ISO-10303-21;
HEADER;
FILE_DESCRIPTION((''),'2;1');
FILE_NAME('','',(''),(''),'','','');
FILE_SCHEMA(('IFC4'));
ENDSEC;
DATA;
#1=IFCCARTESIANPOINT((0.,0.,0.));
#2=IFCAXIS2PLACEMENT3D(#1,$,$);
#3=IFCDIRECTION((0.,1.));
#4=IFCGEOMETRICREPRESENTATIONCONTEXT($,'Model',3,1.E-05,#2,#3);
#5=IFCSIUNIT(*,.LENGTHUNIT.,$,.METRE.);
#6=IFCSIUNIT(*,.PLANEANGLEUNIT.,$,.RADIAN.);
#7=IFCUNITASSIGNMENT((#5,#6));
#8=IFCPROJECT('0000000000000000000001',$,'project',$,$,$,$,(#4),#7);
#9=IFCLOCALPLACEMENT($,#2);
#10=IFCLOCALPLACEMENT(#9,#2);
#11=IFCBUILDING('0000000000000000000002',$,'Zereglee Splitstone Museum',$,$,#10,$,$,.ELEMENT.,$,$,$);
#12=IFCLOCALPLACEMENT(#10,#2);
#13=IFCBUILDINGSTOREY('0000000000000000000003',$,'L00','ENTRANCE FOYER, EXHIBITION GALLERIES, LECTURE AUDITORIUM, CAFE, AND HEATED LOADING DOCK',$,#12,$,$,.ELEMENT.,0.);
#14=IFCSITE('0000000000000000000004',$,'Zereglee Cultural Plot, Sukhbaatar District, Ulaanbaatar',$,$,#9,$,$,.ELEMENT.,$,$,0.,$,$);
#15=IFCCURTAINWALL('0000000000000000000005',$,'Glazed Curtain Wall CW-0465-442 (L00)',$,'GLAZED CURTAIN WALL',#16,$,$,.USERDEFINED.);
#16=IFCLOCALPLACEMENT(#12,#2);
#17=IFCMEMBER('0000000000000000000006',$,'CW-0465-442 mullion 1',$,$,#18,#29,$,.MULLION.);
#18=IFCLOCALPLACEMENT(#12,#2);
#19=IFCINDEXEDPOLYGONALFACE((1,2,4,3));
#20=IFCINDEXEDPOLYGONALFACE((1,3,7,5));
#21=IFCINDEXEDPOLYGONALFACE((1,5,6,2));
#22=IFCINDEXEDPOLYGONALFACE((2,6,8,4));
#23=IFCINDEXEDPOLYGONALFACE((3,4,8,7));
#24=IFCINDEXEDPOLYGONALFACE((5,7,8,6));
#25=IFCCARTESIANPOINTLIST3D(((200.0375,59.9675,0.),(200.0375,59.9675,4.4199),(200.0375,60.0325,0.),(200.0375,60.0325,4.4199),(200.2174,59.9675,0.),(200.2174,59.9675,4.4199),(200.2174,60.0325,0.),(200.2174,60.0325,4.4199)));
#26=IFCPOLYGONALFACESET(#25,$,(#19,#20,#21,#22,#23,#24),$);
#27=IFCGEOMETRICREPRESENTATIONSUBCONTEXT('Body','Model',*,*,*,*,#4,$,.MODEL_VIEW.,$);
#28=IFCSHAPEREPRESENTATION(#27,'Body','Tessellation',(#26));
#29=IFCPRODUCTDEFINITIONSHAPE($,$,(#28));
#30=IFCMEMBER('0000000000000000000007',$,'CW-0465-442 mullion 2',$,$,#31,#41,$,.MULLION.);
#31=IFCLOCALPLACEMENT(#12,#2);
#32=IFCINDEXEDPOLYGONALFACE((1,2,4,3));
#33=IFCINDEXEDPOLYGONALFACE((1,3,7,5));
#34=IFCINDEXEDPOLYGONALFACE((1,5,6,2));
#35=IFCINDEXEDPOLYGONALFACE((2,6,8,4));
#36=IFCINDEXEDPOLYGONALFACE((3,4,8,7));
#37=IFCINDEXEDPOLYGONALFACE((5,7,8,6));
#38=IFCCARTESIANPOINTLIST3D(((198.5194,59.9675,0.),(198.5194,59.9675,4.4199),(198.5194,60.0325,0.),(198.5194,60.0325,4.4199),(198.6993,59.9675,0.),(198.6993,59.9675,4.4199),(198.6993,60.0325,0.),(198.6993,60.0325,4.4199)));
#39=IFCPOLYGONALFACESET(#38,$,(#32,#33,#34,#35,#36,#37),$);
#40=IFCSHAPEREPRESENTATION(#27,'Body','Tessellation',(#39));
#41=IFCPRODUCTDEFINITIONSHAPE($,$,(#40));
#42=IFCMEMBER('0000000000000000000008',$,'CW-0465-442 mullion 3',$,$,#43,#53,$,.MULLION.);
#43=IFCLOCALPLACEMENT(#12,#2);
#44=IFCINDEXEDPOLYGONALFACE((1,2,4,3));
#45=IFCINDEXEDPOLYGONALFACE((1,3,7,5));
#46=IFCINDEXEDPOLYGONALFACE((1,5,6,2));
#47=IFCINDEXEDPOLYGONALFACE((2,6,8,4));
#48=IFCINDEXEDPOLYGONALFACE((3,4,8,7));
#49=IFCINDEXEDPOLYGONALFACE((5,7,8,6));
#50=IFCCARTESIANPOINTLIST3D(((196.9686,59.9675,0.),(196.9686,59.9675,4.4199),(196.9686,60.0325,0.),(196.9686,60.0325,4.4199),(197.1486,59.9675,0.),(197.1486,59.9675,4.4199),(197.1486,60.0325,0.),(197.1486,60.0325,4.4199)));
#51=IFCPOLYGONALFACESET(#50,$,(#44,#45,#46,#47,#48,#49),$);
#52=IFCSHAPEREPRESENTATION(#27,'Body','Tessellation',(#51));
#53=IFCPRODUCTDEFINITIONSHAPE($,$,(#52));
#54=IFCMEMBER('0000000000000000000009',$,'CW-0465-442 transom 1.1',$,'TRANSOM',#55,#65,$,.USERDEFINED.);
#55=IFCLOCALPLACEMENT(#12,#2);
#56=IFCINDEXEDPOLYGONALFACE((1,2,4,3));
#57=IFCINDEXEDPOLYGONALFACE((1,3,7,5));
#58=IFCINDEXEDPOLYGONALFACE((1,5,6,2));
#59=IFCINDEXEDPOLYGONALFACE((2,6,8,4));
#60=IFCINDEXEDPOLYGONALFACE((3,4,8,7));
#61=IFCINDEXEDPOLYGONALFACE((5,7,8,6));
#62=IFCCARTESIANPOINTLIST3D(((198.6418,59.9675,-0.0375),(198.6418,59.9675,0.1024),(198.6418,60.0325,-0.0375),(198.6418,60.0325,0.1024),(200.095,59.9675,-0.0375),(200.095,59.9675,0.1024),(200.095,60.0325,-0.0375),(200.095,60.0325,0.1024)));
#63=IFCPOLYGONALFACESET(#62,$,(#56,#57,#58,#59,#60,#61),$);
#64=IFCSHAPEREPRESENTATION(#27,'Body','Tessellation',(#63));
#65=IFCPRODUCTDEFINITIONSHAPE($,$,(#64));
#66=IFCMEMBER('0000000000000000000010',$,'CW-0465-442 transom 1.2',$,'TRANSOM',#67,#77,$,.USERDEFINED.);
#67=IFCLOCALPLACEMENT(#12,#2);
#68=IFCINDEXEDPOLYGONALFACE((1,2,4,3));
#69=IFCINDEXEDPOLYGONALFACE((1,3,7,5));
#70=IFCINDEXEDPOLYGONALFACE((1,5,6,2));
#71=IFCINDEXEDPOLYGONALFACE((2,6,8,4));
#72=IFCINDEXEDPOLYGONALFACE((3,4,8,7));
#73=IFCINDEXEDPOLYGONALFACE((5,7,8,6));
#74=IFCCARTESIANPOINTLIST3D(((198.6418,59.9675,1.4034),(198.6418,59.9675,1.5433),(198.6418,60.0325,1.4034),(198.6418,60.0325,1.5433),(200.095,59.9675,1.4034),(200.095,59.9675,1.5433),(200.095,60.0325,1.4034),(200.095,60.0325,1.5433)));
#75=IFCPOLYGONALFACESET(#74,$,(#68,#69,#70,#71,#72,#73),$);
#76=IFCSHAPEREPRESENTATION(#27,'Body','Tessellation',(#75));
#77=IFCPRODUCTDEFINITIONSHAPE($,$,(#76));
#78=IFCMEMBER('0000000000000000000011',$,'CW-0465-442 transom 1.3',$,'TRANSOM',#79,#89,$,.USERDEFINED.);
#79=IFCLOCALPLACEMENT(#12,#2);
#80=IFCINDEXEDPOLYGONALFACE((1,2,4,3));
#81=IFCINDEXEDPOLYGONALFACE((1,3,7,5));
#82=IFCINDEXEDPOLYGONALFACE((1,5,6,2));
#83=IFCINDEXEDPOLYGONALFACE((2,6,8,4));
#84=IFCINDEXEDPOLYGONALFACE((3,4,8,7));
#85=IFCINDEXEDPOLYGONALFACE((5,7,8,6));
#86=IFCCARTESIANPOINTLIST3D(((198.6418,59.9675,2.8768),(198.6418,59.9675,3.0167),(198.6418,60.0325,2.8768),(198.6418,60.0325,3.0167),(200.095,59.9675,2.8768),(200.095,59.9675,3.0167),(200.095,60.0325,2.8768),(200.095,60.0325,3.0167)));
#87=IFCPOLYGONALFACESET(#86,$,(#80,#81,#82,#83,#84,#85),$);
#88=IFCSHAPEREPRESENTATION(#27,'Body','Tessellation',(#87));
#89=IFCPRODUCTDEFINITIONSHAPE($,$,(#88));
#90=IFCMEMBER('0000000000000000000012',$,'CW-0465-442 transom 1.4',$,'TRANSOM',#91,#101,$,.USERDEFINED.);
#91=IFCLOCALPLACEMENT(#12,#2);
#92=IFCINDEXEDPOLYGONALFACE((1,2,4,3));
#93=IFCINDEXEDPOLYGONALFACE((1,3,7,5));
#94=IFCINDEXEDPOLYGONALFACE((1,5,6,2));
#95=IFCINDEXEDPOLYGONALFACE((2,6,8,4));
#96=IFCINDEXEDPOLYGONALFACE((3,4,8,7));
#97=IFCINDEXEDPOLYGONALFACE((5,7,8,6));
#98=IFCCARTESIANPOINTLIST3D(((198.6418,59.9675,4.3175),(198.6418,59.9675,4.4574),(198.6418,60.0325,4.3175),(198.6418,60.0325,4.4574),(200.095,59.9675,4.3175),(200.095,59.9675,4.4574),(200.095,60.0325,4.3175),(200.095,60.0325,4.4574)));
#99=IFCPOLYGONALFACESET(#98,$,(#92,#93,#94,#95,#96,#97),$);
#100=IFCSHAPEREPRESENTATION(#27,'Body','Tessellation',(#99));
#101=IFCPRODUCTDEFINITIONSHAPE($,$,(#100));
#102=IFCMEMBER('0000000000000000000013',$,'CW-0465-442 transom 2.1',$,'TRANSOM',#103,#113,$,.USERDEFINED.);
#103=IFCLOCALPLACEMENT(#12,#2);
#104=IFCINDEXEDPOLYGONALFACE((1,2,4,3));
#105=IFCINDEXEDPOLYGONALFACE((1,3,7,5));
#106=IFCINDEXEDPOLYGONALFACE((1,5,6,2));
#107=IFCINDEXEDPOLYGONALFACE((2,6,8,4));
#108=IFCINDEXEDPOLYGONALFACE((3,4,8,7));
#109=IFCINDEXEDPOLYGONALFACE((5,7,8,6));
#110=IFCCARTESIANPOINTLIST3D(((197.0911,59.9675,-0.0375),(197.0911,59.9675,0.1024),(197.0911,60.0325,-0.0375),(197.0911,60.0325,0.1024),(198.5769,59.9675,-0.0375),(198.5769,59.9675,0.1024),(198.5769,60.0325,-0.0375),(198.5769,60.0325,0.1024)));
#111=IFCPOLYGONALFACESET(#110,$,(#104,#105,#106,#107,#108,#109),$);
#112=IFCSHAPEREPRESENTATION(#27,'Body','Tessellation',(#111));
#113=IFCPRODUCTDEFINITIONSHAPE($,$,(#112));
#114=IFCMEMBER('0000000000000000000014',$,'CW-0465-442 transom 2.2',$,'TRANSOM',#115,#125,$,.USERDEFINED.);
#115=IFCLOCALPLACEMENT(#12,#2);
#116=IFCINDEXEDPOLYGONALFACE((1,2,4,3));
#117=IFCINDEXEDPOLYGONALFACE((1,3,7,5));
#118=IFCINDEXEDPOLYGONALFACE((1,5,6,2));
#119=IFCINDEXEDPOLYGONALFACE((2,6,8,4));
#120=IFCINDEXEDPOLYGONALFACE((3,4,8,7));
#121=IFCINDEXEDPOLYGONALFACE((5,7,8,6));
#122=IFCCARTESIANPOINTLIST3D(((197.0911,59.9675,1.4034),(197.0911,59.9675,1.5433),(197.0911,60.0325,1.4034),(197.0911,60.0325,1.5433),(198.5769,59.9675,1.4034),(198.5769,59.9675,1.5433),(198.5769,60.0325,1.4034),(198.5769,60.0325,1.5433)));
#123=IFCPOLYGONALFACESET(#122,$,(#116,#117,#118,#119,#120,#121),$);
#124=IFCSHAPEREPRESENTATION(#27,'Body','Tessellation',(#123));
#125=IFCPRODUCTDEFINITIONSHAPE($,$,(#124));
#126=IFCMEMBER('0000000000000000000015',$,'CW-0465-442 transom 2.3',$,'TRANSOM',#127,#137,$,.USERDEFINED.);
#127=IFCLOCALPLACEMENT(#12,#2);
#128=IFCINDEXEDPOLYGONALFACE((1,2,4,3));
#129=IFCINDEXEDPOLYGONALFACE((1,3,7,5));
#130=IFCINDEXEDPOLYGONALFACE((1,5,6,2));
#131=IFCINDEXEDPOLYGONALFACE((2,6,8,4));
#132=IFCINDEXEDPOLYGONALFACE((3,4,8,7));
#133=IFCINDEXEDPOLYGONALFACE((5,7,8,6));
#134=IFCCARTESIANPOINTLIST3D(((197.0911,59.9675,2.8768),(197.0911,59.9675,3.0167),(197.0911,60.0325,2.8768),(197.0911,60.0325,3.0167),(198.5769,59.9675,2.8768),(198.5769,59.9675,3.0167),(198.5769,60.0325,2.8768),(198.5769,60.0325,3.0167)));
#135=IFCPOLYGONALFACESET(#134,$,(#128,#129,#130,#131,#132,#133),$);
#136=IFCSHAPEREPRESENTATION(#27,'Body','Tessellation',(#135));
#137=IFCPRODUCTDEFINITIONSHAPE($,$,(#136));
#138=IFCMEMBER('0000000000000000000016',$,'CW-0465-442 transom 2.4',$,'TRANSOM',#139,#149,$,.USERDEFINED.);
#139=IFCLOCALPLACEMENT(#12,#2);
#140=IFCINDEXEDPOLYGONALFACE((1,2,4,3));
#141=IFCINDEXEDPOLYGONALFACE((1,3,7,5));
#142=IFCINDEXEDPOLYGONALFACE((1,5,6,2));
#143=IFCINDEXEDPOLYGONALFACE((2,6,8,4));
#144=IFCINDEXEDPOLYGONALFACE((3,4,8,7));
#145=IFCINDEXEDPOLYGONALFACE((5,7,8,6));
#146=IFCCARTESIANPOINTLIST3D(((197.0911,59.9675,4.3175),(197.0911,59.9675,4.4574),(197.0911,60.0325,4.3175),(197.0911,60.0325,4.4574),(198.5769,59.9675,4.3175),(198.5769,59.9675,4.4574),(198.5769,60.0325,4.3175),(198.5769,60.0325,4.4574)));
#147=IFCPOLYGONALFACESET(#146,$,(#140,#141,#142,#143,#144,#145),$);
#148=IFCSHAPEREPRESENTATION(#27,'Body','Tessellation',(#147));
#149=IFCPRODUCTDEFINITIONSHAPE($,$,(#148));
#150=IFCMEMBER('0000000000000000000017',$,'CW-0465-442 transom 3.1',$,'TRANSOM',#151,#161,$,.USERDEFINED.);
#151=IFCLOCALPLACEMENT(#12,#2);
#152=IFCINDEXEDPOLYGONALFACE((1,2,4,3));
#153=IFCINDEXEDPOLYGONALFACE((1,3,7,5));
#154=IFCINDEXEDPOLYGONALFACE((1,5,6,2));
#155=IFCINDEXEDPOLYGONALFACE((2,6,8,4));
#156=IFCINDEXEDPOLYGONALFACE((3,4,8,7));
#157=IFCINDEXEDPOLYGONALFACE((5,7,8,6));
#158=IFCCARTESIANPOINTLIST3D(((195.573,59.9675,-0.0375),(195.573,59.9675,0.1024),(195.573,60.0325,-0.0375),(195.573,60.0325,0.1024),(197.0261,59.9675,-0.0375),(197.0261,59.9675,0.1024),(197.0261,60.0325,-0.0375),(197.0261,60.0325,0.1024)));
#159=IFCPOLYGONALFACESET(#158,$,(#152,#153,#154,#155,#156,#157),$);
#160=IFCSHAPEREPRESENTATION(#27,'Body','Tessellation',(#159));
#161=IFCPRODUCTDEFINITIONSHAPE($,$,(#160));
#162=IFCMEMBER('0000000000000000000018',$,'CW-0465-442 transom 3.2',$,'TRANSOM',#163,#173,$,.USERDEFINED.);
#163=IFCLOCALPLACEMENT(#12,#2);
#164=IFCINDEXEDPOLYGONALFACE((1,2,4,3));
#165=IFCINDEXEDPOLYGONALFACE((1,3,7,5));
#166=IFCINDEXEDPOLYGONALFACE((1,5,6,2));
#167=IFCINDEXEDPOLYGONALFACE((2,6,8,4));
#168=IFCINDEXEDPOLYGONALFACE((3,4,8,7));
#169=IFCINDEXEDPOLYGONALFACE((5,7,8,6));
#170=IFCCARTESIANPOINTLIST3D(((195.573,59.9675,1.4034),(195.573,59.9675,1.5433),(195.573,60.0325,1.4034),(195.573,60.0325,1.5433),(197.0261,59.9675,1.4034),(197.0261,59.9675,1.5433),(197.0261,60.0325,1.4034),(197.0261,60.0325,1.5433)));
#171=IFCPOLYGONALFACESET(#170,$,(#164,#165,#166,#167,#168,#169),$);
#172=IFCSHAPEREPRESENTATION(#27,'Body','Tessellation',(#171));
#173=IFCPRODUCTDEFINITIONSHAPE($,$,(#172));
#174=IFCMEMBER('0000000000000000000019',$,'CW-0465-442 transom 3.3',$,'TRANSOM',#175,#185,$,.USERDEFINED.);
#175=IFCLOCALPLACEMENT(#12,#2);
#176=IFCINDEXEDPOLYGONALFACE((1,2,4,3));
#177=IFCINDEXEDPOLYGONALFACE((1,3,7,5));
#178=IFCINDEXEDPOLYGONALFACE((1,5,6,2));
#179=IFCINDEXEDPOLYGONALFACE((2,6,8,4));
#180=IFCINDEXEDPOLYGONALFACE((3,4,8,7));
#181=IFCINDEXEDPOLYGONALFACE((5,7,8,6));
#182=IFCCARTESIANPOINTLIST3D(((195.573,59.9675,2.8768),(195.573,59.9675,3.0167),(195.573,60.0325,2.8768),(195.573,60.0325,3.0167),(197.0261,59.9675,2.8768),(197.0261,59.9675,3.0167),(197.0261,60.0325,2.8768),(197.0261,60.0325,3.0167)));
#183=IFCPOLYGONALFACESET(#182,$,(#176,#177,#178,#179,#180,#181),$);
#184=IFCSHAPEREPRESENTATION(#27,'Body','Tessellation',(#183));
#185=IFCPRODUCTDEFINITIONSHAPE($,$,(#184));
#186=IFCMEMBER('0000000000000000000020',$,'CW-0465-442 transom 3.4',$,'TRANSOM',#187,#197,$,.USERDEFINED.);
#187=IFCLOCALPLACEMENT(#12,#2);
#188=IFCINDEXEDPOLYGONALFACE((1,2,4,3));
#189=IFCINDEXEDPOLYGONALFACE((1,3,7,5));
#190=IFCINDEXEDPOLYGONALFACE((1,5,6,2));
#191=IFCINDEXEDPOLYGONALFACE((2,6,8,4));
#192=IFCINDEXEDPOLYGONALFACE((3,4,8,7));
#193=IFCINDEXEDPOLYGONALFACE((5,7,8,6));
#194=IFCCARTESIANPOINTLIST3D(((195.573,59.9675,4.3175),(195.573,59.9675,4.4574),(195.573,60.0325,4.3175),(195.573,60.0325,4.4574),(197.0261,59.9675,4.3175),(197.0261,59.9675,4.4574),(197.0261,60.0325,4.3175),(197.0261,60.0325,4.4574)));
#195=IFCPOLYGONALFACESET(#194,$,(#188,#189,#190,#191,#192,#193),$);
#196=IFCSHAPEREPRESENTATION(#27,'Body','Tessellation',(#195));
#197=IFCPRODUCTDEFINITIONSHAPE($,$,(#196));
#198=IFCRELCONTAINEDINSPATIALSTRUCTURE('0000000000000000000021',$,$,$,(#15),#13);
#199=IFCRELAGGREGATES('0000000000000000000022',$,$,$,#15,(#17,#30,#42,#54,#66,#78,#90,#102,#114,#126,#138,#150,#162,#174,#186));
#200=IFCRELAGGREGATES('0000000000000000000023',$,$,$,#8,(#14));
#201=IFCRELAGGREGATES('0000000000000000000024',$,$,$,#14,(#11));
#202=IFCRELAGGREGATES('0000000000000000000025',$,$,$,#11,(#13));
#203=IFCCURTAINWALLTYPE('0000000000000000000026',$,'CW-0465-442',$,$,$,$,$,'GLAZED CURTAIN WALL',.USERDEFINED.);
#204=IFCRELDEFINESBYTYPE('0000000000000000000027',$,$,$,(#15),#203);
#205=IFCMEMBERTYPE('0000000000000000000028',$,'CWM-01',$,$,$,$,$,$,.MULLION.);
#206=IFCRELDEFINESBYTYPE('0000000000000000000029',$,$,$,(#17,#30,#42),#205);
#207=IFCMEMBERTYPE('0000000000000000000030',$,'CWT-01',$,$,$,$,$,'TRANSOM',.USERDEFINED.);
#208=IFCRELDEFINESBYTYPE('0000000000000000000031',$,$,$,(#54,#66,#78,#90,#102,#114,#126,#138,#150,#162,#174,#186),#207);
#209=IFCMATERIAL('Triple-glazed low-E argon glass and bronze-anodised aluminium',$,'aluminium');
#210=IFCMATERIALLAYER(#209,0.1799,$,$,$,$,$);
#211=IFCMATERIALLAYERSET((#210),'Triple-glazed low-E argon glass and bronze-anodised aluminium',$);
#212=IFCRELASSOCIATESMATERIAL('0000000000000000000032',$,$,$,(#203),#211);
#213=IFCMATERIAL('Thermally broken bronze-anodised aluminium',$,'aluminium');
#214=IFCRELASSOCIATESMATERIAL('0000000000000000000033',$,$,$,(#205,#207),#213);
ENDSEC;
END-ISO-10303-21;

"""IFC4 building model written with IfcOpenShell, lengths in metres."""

from ifc_helpers import new_model, si_unit, direction, frame, origin, origin_2d, place, context, subcontext, project, spatial, rectangle, extrude, material, layer, layer_set, material_profile, profile_set, type_object, element, aggregate, save


model = new_model("IFC4")

# Units and contexts
model_context = context("Model", 3, precision=1e-05, world=origin(), true_north=direction((0.0, 1.0)))
body_context = subcontext(model_context, "Body", "Model", "MODEL_VIEW")
ifc_project = project(units=[si_unit("LENGTHUNIT", "METRE"), si_unit("PLANEANGLEUNIT", "RADIAN")], contexts=[model_context])

# Site, building, storey
site_placement = place(None, origin())
site = spatial("IfcSite", under=ifc_project, at=site_placement, Name="Zereglee Cultural Plot, Sukhbaatar District, Ulaanbaatar", CompositionType="ELEMENT", RefElevation=0.0)
building_placement = place(site_placement, origin())
building = spatial("IfcBuilding", under=site, at=building_placement, Name="Zereglee Splitstone Museum", CompositionType="ELEMENT")
storey_placement = place(building_placement, origin())
storey = spatial("IfcBuildingStorey", under=building, at=storey_placement, Name="L00", Description="ENTRANCE FOYER, EXHIBITION GALLERIES, LECTURE AUDITORIUM, CAFE, AND HEATED LOADING DOCK", CompositionType="ELEMENT", Elevation=0.0)

# Curtain wall, members
ifc_material_1 = material(Name="Triple-glazed low-E argon glass and bronze-anodised aluminium", Category="aluminium")
ifc_layer_1 = layer(ifc_material_1, 0.1799)
ifc_layer_set_1 = layer_set([ifc_layer_1], Name="Triple-glazed low-E argon glass and bronze-anodised aluminium")
curtain_wall_type = type_object("IfcCurtainWallType", Name="CW-0465-442", ElementType="GLAZED CURTAIN WALL", PredefinedType="USERDEFINED", material=ifc_layer_set_1)
curtain_wall_placement = place(storey_placement, origin())
curtain_wall = element("IfcCurtainWall", 1, at=curtain_wall_placement, inside=storey, type_object=curtain_wall_type, Name="Glazed Curtain Wall CW-0465-442 (L00)", ObjectType="GLAZED CURTAIN WALL", PredefinedType="USERDEFINED")
ifc_material_2 = material(Name="Thermally broken bronze-anodised aluminium", Category="aluminium")
ifc_material_profile_1 = material_profile(ifc_material_2, rectangle(XDim=0.0649, YDim=0.1799, at=origin_2d()), Name="CW MULL 65x180")
ifc_profile_set_1 = profile_set([ifc_material_profile_1], Name="Thermally broken bronze-anodised aluminium")
member_type_1 = type_object("IfcMemberType", Name="CWM-01", PredefinedType="MULLION", material=ifc_profile_set_1)
member_1_placement = place(storey_placement, frame((200.1274, 60.0, 0.0), z_axis=(0.0, 0.0, 1.0), x_axis=(0.0, -1.0, 0.0)))
member_1 = element("IfcMember", 2, at=member_1_placement, type_object=member_type_1, Name="CW-0465-442 mullion 1", PredefinedType="MULLION", context=body_context, shape_type="SweptSolid", body=[
    extrude(rectangle(XDim=0.0649, YDim=0.1799, at=origin_2d()), origin(), (0.0, 0.0, 1.0), 4.4199),
])
member_2_placement = place(storey_placement, frame((198.6094, 60.0, 0.0), z_axis=(0.0, 0.0, 1.0), x_axis=(0.0, -1.0, 0.0)))
member_2 = element("IfcMember", 3, at=member_2_placement, type_object=member_type_1, Name="CW-0465-442 mullion 2", PredefinedType="MULLION", context=body_context, shape_type="SweptSolid", body=[
    extrude(rectangle(XDim=0.0649, YDim=0.1799, at=origin_2d()), origin(), (0.0, 0.0, 1.0), 4.4199),
])
member_3_placement = place(storey_placement, frame((197.0586, 60.0, 0.0), z_axis=(0.0, 0.0, 1.0), x_axis=(0.0, -1.0, 0.0)))
member_3 = element("IfcMember", 4, at=member_3_placement, type_object=member_type_1, Name="CW-0465-442 mullion 3", PredefinedType="MULLION", context=body_context, shape_type="SweptSolid", body=[
    extrude(rectangle(XDim=0.0649, YDim=0.1799, at=origin_2d()), origin(), (0.0, 0.0, 1.0), 4.4199),
])
ifc_material_profile_2 = material_profile(ifc_material_2, rectangle(XDim=0.0649, YDim=0.1399, at=origin_2d()), Name="CW TRAN 65x140")
ifc_profile_set_2 = profile_set([ifc_material_profile_2], Name="Thermally broken bronze-anodised aluminium")
member_type_2 = type_object("IfcMemberType", Name="CWT-01", ElementType="TRANSOM", PredefinedType="USERDEFINED", material=ifc_profile_set_2)
member_4_placement = place(storey_placement, frame((200.095, 60.0, 0.0325), z_axis=(-1.0, 0.0, 0.0), x_axis=(0.0, -1.0, 0.0)))
member_4 = element("IfcMember", 5, at=member_4_placement, type_object=member_type_2, Name="CW-0465-442 transom 1.1", ObjectType="TRANSOM", PredefinedType="USERDEFINED", context=body_context, shape_type="SweptSolid", body=[
    extrude(rectangle(XDim=0.0649, YDim=0.1399, at=origin_2d()), origin(), (0.0, 0.0, 1.0), 1.4531),
])
member_5_placement = place(storey_placement, frame((200.095, 60.0, 1.4734), z_axis=(-1.0, 0.0, 0.0), x_axis=(0.0, -1.0, 0.0)))
member_5 = element("IfcMember", 6, at=member_5_placement, type_object=member_type_2, Name="CW-0465-442 transom 1.2", ObjectType="TRANSOM", PredefinedType="USERDEFINED", context=body_context, shape_type="SweptSolid", body=[
    extrude(rectangle(XDim=0.0649, YDim=0.1399, at=origin_2d()), origin(), (0.0, 0.0, 1.0), 1.4531),
])
member_6_placement = place(storey_placement, frame((200.095, 60.0, 2.9468), z_axis=(-1.0, 0.0, 0.0), x_axis=(0.0, -1.0, 0.0)))
member_6 = element("IfcMember", 7, at=member_6_placement, type_object=member_type_2, Name="CW-0465-442 transom 1.3", ObjectType="TRANSOM", PredefinedType="USERDEFINED", context=body_context, shape_type="SweptSolid", body=[
    extrude(rectangle(XDim=0.0649, YDim=0.1399, at=origin_2d()), origin(), (0.0, 0.0, 1.0), 1.4531),
])
member_7_placement = place(storey_placement, frame((200.095, 60.0, 4.3875), z_axis=(-1.0, 0.0, 0.0), x_axis=(0.0, -1.0, 0.0)))
member_7 = element("IfcMember", 8, at=member_7_placement, type_object=member_type_2, Name="CW-0465-442 transom 1.4", ObjectType="TRANSOM", PredefinedType="USERDEFINED", context=body_context, shape_type="SweptSolid", body=[
    extrude(rectangle(XDim=0.0649, YDim=0.1399, at=origin_2d()), origin(), (0.0, 0.0, 1.0), 1.4531),
])
member_8_placement = place(storey_placement, frame((198.5769, 60.0, 0.0325), z_axis=(-1.0, 0.0, 0.0), x_axis=(0.0, -1.0, 0.0)))
member_8 = element("IfcMember", 9, at=member_8_placement, type_object=member_type_2, Name="CW-0465-442 transom 2.1", ObjectType="TRANSOM", PredefinedType="USERDEFINED", context=body_context, shape_type="SweptSolid", body=[
    extrude(rectangle(XDim=0.0649, YDim=0.1399, at=origin_2d()), origin(), (0.0, 0.0, 1.0), 1.4858),
])
member_9_placement = place(storey_placement, frame((198.5769, 60.0, 1.4734), z_axis=(-1.0, 0.0, 0.0), x_axis=(0.0, -1.0, 0.0)))
member_9 = element("IfcMember", 10, at=member_9_placement, type_object=member_type_2, Name="CW-0465-442 transom 2.2", ObjectType="TRANSOM", PredefinedType="USERDEFINED", context=body_context, shape_type="SweptSolid", body=[
    extrude(rectangle(XDim=0.0649, YDim=0.1399, at=origin_2d()), origin(), (0.0, 0.0, 1.0), 1.4858),
])
member_10_placement = place(storey_placement, frame((198.5769, 60.0, 2.9468), z_axis=(-1.0, 0.0, 0.0), x_axis=(0.0, -1.0, 0.0)))
member_10 = element("IfcMember", 11, at=member_10_placement, type_object=member_type_2, Name="CW-0465-442 transom 2.3", ObjectType="TRANSOM", PredefinedType="USERDEFINED", context=body_context, shape_type="SweptSolid", body=[
    extrude(rectangle(XDim=0.0649, YDim=0.1399, at=origin_2d()), origin(), (0.0, 0.0, 1.0), 1.4858),
])
member_11_placement = place(storey_placement, frame((198.5769, 60.0, 4.3875), z_axis=(-1.0, 0.0, 0.0), x_axis=(0.0, -1.0, 0.0)))
member_11 = element("IfcMember", 12, at=member_11_placement, type_object=member_type_2, Name="CW-0465-442 transom 2.4", ObjectType="TRANSOM", PredefinedType="USERDEFINED", context=body_context, shape_type="SweptSolid", body=[
    extrude(rectangle(XDim=0.0649, YDim=0.1399, at=origin_2d()), origin(), (0.0, 0.0, 1.0), 1.4858),
])
member_12_placement = place(storey_placement, frame((197.0261, 60.0, 0.0325), z_axis=(-1.0, 0.0, 0.0), x_axis=(0.0, -1.0, 0.0)))
member_12 = element("IfcMember", 13, at=member_12_placement, type_object=member_type_2, Name="CW-0465-442 transom 3.1", ObjectType="TRANSOM", PredefinedType="USERDEFINED", context=body_context, shape_type="SweptSolid", body=[
    extrude(rectangle(XDim=0.0649, YDim=0.1399, at=origin_2d()), origin(), (0.0, 0.0, 1.0), 1.4531),
])
member_13_placement = place(storey_placement, frame((197.0261, 60.0, 1.4734), z_axis=(-1.0, 0.0, 0.0), x_axis=(0.0, -1.0, 0.0)))
member_13 = element("IfcMember", 14, at=member_13_placement, type_object=member_type_2, Name="CW-0465-442 transom 3.2", ObjectType="TRANSOM", PredefinedType="USERDEFINED", context=body_context, shape_type="SweptSolid", body=[
    extrude(rectangle(XDim=0.0649, YDim=0.1399, at=origin_2d()), origin(), (0.0, 0.0, 1.0), 1.4531),
])
member_14_placement = place(storey_placement, frame((197.0261, 60.0, 2.9468), z_axis=(-1.0, 0.0, 0.0), x_axis=(0.0, -1.0, 0.0)))
member_14 = element("IfcMember", 15, at=member_14_placement, type_object=member_type_2, Name="CW-0465-442 transom 3.3", ObjectType="TRANSOM", PredefinedType="USERDEFINED", context=body_context, shape_type="SweptSolid", body=[
    extrude(rectangle(XDim=0.0649, YDim=0.1399, at=origin_2d()), origin(), (0.0, 0.0, 1.0), 1.4531),
])
member_15_placement = place(storey_placement, frame((197.0261, 60.0, 4.3875), z_axis=(-1.0, 0.0, 0.0), x_axis=(0.0, -1.0, 0.0)))
member_15 = element("IfcMember", 16, at=member_15_placement, type_object=member_type_2, Name="CW-0465-442 transom 3.4", ObjectType="TRANSOM", PredefinedType="USERDEFINED", context=body_context, shape_type="SweptSolid", body=[
    extrude(rectangle(XDim=0.0649, YDim=0.1399, at=origin_2d()), origin(), (0.0, 0.0, 1.0), 1.4531),
])
aggregate(curtain_wall, [member_1, member_2, member_3, member_4, member_5, member_6, member_7, member_8, member_9, member_10, member_11, member_12, member_13, member_14, member_15])

save(model, "model.ifc")
